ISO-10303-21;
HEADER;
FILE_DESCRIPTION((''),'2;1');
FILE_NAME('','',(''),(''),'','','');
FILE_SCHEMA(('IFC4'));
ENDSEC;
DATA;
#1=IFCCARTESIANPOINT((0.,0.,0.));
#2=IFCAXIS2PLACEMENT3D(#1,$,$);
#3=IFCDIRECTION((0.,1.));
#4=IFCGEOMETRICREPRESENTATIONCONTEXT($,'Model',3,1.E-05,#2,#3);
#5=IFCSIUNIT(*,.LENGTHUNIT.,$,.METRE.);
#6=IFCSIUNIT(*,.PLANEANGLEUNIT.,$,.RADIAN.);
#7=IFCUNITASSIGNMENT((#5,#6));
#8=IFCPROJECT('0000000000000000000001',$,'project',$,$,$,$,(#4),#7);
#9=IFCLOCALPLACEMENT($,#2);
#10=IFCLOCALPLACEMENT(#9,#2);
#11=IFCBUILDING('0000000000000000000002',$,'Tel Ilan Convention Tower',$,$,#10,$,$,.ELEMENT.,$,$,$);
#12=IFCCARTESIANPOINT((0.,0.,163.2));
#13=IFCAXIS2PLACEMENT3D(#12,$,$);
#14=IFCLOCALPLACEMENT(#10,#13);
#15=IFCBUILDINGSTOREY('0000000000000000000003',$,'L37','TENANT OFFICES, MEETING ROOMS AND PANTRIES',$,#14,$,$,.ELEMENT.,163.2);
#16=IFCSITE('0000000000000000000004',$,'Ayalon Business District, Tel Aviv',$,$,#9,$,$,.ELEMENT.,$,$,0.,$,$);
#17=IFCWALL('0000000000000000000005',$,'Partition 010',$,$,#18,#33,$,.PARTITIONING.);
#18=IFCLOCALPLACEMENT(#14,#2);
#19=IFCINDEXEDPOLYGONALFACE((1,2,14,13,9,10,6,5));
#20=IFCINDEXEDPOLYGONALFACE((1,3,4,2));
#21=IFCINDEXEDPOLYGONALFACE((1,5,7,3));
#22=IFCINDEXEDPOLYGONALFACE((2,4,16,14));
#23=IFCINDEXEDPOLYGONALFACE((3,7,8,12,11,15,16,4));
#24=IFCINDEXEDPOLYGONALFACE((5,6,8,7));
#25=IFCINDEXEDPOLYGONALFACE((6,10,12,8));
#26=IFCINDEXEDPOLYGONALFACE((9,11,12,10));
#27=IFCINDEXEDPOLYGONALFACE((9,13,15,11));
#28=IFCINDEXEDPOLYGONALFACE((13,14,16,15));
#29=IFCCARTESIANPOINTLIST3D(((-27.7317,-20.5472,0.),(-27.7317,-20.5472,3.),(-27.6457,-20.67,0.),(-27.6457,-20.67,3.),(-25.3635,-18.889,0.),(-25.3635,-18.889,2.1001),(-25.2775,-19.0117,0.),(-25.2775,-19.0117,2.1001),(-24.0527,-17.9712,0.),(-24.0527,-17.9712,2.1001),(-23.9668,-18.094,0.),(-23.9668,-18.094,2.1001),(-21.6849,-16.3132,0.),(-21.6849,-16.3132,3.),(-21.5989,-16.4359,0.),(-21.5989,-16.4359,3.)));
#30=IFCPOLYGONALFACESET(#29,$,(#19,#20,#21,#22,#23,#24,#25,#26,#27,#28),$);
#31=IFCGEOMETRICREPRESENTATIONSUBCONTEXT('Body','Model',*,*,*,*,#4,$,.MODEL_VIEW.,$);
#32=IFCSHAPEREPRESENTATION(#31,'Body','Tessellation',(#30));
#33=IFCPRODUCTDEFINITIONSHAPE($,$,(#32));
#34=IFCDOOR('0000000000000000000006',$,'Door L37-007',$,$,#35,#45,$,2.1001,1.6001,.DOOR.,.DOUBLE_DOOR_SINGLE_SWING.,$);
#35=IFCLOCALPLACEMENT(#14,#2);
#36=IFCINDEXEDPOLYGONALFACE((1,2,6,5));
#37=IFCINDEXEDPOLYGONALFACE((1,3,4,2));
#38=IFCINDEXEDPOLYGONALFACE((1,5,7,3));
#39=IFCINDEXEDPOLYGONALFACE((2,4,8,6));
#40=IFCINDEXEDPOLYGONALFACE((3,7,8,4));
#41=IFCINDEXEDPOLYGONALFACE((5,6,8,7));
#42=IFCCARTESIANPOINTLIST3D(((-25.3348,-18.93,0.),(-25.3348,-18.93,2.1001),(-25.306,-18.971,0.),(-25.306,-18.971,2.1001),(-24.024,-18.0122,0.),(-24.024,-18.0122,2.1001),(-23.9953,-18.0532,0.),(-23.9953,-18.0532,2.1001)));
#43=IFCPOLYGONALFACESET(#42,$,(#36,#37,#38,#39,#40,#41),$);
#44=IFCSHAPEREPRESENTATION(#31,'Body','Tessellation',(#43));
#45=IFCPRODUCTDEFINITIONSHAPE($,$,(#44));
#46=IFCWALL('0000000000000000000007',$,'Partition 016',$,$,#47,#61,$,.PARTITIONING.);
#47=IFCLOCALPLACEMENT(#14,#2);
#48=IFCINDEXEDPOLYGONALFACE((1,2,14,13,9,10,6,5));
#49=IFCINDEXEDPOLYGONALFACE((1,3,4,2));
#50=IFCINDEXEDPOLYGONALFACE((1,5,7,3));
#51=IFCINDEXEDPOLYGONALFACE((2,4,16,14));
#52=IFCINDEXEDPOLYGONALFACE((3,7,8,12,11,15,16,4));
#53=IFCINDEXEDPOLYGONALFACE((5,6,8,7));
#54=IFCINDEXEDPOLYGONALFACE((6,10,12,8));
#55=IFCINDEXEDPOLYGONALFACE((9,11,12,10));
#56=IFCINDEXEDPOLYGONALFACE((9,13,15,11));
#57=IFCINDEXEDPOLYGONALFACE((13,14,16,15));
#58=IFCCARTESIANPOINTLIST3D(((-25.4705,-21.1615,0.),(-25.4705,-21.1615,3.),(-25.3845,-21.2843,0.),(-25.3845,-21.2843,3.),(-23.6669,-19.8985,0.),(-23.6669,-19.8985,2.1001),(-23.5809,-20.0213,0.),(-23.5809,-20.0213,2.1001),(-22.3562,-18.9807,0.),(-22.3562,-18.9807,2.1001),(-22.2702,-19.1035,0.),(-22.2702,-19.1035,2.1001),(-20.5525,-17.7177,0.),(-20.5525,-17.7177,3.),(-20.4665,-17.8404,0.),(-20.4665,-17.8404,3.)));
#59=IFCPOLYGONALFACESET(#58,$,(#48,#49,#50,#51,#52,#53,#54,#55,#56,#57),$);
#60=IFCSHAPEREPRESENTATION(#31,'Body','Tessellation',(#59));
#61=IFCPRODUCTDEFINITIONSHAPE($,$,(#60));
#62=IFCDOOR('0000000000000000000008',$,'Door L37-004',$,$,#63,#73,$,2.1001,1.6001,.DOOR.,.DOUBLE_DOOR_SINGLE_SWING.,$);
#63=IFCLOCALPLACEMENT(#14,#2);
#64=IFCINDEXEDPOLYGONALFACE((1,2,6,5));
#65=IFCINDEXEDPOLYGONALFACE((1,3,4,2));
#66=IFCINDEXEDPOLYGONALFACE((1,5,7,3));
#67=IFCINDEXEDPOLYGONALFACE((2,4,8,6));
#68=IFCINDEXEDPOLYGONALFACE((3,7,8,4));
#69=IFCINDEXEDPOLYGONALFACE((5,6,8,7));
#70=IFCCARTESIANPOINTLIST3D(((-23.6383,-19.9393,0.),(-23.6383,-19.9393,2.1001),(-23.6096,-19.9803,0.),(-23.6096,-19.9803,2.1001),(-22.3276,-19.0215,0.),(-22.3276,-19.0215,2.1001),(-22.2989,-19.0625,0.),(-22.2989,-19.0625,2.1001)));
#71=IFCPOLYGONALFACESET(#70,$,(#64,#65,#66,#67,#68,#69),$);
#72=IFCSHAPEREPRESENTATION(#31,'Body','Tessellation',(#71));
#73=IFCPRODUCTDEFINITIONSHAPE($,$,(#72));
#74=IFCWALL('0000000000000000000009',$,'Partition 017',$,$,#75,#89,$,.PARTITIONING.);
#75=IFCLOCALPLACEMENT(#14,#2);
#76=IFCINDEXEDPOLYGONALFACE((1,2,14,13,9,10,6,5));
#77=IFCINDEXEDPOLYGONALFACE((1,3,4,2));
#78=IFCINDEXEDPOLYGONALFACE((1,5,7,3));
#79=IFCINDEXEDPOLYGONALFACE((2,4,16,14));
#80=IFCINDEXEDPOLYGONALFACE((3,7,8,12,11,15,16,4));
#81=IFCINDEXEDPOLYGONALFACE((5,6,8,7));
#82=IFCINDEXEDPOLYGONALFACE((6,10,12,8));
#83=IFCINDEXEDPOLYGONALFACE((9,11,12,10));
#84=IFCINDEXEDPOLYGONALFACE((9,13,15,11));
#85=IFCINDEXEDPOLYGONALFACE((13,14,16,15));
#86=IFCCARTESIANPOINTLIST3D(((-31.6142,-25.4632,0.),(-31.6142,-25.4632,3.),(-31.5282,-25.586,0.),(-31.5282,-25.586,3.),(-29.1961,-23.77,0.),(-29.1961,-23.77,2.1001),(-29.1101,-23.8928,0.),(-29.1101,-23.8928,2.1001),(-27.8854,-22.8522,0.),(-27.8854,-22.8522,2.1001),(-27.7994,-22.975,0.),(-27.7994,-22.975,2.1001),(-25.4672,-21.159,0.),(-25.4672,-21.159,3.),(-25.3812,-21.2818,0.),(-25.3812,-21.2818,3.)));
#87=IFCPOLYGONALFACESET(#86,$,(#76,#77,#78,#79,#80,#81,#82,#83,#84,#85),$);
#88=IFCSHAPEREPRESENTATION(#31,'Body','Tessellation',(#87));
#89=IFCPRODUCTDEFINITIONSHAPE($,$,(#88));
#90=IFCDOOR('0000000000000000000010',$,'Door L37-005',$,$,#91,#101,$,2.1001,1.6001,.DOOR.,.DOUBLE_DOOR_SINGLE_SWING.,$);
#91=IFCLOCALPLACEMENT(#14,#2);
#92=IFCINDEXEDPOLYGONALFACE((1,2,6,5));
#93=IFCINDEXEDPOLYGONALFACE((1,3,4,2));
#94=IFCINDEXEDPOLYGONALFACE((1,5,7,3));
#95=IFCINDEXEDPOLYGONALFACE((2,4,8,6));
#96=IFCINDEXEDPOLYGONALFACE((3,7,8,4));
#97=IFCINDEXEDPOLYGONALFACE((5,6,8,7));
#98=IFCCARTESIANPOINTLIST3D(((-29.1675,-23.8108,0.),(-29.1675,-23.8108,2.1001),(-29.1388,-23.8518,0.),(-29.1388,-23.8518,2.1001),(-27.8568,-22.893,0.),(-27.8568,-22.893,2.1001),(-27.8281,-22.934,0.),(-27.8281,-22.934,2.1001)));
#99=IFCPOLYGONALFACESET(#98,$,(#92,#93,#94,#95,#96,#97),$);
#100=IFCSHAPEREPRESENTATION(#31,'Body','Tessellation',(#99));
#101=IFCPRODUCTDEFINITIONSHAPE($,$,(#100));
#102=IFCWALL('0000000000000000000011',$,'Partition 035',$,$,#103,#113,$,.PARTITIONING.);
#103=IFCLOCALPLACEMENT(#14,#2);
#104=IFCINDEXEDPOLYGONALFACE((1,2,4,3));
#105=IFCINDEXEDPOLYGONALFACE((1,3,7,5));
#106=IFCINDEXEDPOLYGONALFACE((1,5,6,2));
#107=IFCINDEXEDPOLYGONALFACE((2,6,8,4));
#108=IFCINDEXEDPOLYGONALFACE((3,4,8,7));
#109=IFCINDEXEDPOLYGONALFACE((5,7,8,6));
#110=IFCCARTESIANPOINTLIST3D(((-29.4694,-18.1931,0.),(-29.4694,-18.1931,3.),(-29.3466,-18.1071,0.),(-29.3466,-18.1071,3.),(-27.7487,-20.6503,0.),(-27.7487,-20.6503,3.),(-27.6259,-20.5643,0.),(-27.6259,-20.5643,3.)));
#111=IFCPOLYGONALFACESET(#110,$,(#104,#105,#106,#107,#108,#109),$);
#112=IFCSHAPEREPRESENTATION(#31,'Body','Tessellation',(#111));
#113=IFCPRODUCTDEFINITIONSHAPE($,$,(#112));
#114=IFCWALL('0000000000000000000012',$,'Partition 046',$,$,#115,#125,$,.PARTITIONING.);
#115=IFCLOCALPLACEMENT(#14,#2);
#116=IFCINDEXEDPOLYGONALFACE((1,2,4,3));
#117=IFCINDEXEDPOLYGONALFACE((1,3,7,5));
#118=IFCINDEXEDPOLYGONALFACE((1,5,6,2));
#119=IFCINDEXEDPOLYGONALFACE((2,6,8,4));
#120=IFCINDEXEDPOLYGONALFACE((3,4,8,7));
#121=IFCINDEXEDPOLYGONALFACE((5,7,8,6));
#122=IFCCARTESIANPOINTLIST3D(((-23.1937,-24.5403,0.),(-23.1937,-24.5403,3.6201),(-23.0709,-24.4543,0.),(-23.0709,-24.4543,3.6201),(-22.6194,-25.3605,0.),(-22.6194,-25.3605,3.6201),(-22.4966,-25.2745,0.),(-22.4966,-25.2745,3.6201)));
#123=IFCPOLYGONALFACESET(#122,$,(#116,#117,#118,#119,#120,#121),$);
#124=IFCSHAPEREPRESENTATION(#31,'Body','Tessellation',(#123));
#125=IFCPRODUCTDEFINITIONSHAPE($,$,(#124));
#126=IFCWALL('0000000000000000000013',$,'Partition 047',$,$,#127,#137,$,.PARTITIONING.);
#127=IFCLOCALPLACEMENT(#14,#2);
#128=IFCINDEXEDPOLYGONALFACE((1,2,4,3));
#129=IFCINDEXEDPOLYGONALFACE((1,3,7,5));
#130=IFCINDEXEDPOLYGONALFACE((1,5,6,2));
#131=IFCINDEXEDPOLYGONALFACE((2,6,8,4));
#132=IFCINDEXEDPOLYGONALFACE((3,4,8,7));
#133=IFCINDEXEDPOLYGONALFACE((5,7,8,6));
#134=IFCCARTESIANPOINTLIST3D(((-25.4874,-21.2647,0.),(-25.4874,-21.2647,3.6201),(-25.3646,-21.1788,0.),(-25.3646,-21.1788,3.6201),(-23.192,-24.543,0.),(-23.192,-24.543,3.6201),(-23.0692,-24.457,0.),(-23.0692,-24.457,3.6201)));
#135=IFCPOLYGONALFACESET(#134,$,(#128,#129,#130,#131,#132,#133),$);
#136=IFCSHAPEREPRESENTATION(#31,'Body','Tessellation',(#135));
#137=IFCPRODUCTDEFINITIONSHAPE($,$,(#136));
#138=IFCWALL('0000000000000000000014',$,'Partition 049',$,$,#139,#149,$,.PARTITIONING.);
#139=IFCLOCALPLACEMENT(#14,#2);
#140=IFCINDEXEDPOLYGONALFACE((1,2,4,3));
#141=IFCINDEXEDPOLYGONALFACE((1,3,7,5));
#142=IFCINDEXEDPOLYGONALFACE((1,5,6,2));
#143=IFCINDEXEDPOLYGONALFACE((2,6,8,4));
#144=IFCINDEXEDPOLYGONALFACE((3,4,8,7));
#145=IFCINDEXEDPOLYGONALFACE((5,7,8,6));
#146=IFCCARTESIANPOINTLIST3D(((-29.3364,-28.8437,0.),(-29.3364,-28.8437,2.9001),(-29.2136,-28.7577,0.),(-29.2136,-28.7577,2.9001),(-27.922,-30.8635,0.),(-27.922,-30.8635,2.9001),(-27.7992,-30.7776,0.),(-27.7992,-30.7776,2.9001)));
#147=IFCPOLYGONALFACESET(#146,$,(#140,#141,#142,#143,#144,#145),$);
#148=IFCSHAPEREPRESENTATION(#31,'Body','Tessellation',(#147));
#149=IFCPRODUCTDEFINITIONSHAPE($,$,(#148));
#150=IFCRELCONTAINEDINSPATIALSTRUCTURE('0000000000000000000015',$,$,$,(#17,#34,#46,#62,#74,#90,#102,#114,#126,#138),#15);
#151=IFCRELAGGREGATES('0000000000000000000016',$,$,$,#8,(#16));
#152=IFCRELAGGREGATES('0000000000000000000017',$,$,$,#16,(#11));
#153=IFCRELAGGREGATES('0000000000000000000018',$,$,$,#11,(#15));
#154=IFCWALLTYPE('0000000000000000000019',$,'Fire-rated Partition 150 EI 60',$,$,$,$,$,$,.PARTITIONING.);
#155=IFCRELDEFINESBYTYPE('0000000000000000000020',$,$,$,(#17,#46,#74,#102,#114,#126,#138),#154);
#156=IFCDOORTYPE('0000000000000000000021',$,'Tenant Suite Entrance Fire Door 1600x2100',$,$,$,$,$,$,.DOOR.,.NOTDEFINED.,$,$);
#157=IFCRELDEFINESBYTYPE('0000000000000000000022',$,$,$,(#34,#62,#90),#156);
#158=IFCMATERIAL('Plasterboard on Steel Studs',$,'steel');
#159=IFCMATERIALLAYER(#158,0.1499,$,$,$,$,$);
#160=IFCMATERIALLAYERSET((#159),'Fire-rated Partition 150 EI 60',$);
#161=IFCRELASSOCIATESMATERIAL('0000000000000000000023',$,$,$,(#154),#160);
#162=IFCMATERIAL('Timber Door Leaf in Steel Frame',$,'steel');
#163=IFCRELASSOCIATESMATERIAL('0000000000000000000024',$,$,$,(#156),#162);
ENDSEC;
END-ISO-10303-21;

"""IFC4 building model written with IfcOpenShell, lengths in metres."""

from ifc_helpers import new_model, si_unit, direction, frame, frame_2d, origin, place, context, subcontext, project, spatial, rectangle, extrude, material, layer, layer_set, type_object, element, fill, save


model = new_model("IFC4")

# Units and contexts
model_context = context("Model", 3, precision=1e-05, world=origin(), true_north=direction((0.0, 1.0)))
body_context = subcontext(model_context, "Body", "Model", "MODEL_VIEW")
ifc_project = project(units=[si_unit("LENGTHUNIT", "METRE"), si_unit("PLANEANGLEUNIT", "RADIAN")], contexts=[model_context])

# Site, building, storey
site_placement = place(None, origin())
site = spatial("IfcSite", under=ifc_project, at=site_placement, Name="Ayalon Business District, Tel Aviv", CompositionType="ELEMENT", RefElevation=0.0)
building_placement = place(site_placement, origin())
building = spatial("IfcBuilding", under=site, at=building_placement, Name="Tel Ilan Convention Tower", CompositionType="ELEMENT")
storey_placement = place(building_placement, frame((0.0, 0.0, 163.2)))
storey = spatial("IfcBuildingStorey", under=building, at=storey_placement, Name="L37", Description="TENANT OFFICES, MEETING ROOMS AND PANTRIES", CompositionType="ELEMENT", Elevation=163.2)

# Walls, openings, doors
ifc_material_1 = material(Name="Plasterboard on Steel Studs", Category="steel")
ifc_layer_1 = layer(ifc_material_1, 0.1499)
ifc_layer_set_1 = layer_set([ifc_layer_1], Name="Fire-rated Partition 150 EI 60")
wall_type_1 = type_object("IfcWallType", Name="Fire-rated Partition 150 EI 60", PredefinedType="PARTITIONING", material=ifc_layer_set_1)
wall_1_placement = place(storey_placement, frame((-27.6887, -20.6086, 0.0), z_axis=(0.0, 0.0, 1.0), x_axis=(0.819148, 0.573582, 0.0)))
wall_1 = element("IfcWall", 1, at=wall_1_placement, inside=storey, type_object=wall_type_1, Name="Partition 010", PredefinedType="PARTITIONING", context=body_context, shape_type="SweptSolid", body=[
    extrude(rectangle(XDim=7.3818, YDim=0.1499, at=frame_2d((3.6909, 0.0))), origin(), (0.0, 0.0, 1.0), 3.0),
])
opening_1_placement = place(wall_1_placement, frame((2.8911, 0.0, 0.0)))
opening_1 = element("IfcOpeningElement", 2, at=opening_1_placement, cuts=wall_1, PredefinedType="OPENING", context=body_context, shape_type="SweptSolid", body=[
    extrude(rectangle(XDim=1.6001, YDim=2.1001, at=frame_2d((0.8, 1.05))), frame((0.0, 0.085, 0.0), z_axis=(0.0, -1.0, 0.0), x_axis=(1.0, 0.0, 0.0)), (0.0, 0.0, 1.0), 0.1699),
])
ifc_material_2 = material(Name="Timber Door Leaf in Steel Frame", Category="steel")
door_type_1 = type_object("IfcDoorType", Name="Tenant Suite Entrance Fire Door 1600x2100", OperationType="NOTDEFINED", PredefinedType="DOOR", material=ifc_material_2)
door_1_placement = place(opening_1_placement, origin())
door_1 = element("IfcDoor", 3, at=door_1_placement, inside=storey, type_object=door_type_1, Name="Door L37-007", OperationType="DOUBLE_DOOR_SINGLE_SWING", OverallHeight=2.1001, OverallWidth=1.6001, PredefinedType="DOOR", context=body_context, shape_type="SweptSolid", body=[
    extrude(rectangle(XDim=1.6001, YDim=2.1001, at=frame_2d((0.8, 1.05))), frame((0.0, 0.0249, 0.0), z_axis=(0.0, -1.0, 0.0), x_axis=(1.0, 0.0, 0.0)), (0.0, 0.0, 1.0), 0.05),
])
fill(opening_1, door_1)
wall_2_placement = place(storey_placement, frame((-20.5095, -17.7791, 0.0), z_axis=(0.0, 0.0, 1.0), x_axis=(-0.819133, -0.573604, 0.0)))
wall_2 = element("IfcWall", 4, at=wall_2_placement, inside=storey, type_object=wall_type_1, Name="Partition 016", PredefinedType="PARTITIONING", context=body_context, shape_type="SweptSolid", body=[
    extrude(rectangle(XDim=6.0039, YDim=0.1499, at=frame_2d((3.002, 0.0))), origin(), (0.0, 0.0, 1.0), 3.0),
])
opening_2_placement = place(wall_2_placement, frame((2.2019, 0.0, 0.0)))
opening_2 = element("IfcOpeningElement", 5, at=opening_2_placement, cuts=wall_2, PredefinedType="OPENING", context=body_context, shape_type="SweptSolid", body=[
    extrude(rectangle(XDim=1.6001, YDim=2.1001, at=frame_2d((0.8, 1.05))), frame((0.0, 0.085, 0.0), z_axis=(0.0, -1.0, 0.0), x_axis=(1.0, 0.0, 0.0)), (0.0, 0.0, 1.0), 0.1699),
])
door_2_placement = place(opening_2_placement, origin())
door_2 = element("IfcDoor", 6, at=door_2_placement, inside=storey, type_object=door_type_1, Name="Door L37-004", OperationType="DOUBLE_DOOR_SINGLE_SWING", OverallHeight=2.1001, OverallWidth=1.6001, PredefinedType="DOOR", context=body_context, shape_type="SweptSolid", body=[
    extrude(rectangle(XDim=1.6001, YDim=2.1001, at=frame_2d((0.8, 1.05))), frame((0.0, 0.0249, 0.0), z_axis=(0.0, -1.0, 0.0), x_axis=(1.0, 0.0, 0.0)), (0.0, 0.0, 1.0), 0.05),
])
fill(opening_2, door_2)
wall_3_placement = place(storey_placement, frame((-25.4243, -21.2205, 0.0), z_axis=(0.0, 0.0, 1.0), x_axis=(-0.819149, -0.57358, 0.0)))
wall_3 = element("IfcWall", 7, at=wall_3_placement, inside=storey, type_object=wall_type_1, Name="Partition 017", PredefinedType="PARTITIONING", context=body_context, shape_type="SweptSolid", body=[
    extrude(rectangle(XDim=7.5042, YDim=0.1499, at=frame_2d((3.752, 0.0))), origin(), (0.0, 0.0, 1.0), 3.0),
])
opening_3_placement = place(wall_3_placement, frame((2.9519, 0.0, 0.0)))
opening_3 = element("IfcOpeningElement", 8, at=opening_3_placement, cuts=wall_3, PredefinedType="OPENING", context=body_context, shape_type="SweptSolid", body=[
    extrude(rectangle(XDim=1.6001, YDim=2.1001, at=frame_2d((0.8, 1.05))), frame((0.0, 0.085, 0.0), z_axis=(0.0, -1.0, 0.0), x_axis=(1.0, 0.0, 0.0)), (0.0, 0.0, 1.0), 0.1699),
])
door_3_placement = place(opening_3_placement, origin())
door_3 = element("IfcDoor", 9, at=door_3_placement, inside=storey, type_object=door_type_1, Name="Door L37-005", OperationType="DOUBLE_DOOR_SINGLE_SWING", OverallHeight=2.1001, OverallWidth=1.6001, PredefinedType="DOOR", context=body_context, shape_type="SweptSolid", body=[
    extrude(rectangle(XDim=1.6001, YDim=2.1001, at=frame_2d((0.8, 1.05))), frame((0.0, 0.0249, 0.0), z_axis=(0.0, -1.0, 0.0), x_axis=(1.0, 0.0, 0.0)), (0.0, 0.0, 1.0), 0.05),
])
fill(opening_3, door_3)

# Walls
wall_4_placement = place(storey_placement, frame((-27.6873, -20.6074, 0.0), z_axis=(0.0, 0.0, 1.0), x_axis=(-0.573599, 0.819136, 0.0)))
element("IfcWall", 10, at=wall_4_placement, inside=storey, type_object=wall_type_1, Name="Partition 035", PredefinedType="PARTITIONING", context=body_context, shape_type="SweptSolid", body=[
    extrude(rectangle(XDim=2.9998, YDim=0.1499, at=frame_2d((1.5, 0.0))), origin(), (0.0, 0.0, 1.0), 3.0),
])
wall_5_placement = place(storey_placement, frame((-22.5581, -25.3174, 0.0), z_axis=(0.0, 0.0, 1.0), x_axis=(-0.573577, 0.819152, 0.0)))
element("IfcWall", 11, at=wall_5_placement, inside=storey, type_object=wall_type_1, Name="Partition 046", PredefinedType="PARTITIONING", context=body_context, shape_type="SweptSolid", body=[
    extrude(rectangle(XDim=1.0012, YDim=0.1499, at=frame_2d((0.5005, 0.0))), origin(), (0.0, 0.0, 1.0), 3.6201),
])
wall_6_placement = place(storey_placement, frame((-23.1306, -24.5, 0.0), z_axis=(0.0, 0.0, 1.0), x_axis=(-0.573561, 0.819163, 0.0)))
element("IfcWall", 12, at=wall_6_placement, inside=storey, type_object=wall_type_1, Name="Partition 047", PredefinedType="PARTITIONING", context=body_context, shape_type="SweptSolid", body=[
    extrude(rectangle(XDim=4.002, YDim=0.1499, at=frame_2d((2.001, 0.0))), origin(), (0.0, 0.0, 1.0), 3.6201),
])
wall_7_placement = place(storey_placement, frame((-27.8606, -30.8206, 0.0), z_axis=(0.0, 0.0, 1.0), x_axis=(-0.573589, 0.819144, 0.0)))
element("IfcWall", 13, at=wall_7_placement, inside=storey, type_object=wall_type_1, Name="Partition 049", PredefinedType="PARTITIONING", context=body_context, shape_type="SweptSolid", body=[
    extrude(rectangle(XDim=2.4658, YDim=0.1499, at=frame_2d((1.2329, 0.0))), origin(), (0.0, 0.0, 1.0), 2.9001),
])

save(model, "model.ifc")
